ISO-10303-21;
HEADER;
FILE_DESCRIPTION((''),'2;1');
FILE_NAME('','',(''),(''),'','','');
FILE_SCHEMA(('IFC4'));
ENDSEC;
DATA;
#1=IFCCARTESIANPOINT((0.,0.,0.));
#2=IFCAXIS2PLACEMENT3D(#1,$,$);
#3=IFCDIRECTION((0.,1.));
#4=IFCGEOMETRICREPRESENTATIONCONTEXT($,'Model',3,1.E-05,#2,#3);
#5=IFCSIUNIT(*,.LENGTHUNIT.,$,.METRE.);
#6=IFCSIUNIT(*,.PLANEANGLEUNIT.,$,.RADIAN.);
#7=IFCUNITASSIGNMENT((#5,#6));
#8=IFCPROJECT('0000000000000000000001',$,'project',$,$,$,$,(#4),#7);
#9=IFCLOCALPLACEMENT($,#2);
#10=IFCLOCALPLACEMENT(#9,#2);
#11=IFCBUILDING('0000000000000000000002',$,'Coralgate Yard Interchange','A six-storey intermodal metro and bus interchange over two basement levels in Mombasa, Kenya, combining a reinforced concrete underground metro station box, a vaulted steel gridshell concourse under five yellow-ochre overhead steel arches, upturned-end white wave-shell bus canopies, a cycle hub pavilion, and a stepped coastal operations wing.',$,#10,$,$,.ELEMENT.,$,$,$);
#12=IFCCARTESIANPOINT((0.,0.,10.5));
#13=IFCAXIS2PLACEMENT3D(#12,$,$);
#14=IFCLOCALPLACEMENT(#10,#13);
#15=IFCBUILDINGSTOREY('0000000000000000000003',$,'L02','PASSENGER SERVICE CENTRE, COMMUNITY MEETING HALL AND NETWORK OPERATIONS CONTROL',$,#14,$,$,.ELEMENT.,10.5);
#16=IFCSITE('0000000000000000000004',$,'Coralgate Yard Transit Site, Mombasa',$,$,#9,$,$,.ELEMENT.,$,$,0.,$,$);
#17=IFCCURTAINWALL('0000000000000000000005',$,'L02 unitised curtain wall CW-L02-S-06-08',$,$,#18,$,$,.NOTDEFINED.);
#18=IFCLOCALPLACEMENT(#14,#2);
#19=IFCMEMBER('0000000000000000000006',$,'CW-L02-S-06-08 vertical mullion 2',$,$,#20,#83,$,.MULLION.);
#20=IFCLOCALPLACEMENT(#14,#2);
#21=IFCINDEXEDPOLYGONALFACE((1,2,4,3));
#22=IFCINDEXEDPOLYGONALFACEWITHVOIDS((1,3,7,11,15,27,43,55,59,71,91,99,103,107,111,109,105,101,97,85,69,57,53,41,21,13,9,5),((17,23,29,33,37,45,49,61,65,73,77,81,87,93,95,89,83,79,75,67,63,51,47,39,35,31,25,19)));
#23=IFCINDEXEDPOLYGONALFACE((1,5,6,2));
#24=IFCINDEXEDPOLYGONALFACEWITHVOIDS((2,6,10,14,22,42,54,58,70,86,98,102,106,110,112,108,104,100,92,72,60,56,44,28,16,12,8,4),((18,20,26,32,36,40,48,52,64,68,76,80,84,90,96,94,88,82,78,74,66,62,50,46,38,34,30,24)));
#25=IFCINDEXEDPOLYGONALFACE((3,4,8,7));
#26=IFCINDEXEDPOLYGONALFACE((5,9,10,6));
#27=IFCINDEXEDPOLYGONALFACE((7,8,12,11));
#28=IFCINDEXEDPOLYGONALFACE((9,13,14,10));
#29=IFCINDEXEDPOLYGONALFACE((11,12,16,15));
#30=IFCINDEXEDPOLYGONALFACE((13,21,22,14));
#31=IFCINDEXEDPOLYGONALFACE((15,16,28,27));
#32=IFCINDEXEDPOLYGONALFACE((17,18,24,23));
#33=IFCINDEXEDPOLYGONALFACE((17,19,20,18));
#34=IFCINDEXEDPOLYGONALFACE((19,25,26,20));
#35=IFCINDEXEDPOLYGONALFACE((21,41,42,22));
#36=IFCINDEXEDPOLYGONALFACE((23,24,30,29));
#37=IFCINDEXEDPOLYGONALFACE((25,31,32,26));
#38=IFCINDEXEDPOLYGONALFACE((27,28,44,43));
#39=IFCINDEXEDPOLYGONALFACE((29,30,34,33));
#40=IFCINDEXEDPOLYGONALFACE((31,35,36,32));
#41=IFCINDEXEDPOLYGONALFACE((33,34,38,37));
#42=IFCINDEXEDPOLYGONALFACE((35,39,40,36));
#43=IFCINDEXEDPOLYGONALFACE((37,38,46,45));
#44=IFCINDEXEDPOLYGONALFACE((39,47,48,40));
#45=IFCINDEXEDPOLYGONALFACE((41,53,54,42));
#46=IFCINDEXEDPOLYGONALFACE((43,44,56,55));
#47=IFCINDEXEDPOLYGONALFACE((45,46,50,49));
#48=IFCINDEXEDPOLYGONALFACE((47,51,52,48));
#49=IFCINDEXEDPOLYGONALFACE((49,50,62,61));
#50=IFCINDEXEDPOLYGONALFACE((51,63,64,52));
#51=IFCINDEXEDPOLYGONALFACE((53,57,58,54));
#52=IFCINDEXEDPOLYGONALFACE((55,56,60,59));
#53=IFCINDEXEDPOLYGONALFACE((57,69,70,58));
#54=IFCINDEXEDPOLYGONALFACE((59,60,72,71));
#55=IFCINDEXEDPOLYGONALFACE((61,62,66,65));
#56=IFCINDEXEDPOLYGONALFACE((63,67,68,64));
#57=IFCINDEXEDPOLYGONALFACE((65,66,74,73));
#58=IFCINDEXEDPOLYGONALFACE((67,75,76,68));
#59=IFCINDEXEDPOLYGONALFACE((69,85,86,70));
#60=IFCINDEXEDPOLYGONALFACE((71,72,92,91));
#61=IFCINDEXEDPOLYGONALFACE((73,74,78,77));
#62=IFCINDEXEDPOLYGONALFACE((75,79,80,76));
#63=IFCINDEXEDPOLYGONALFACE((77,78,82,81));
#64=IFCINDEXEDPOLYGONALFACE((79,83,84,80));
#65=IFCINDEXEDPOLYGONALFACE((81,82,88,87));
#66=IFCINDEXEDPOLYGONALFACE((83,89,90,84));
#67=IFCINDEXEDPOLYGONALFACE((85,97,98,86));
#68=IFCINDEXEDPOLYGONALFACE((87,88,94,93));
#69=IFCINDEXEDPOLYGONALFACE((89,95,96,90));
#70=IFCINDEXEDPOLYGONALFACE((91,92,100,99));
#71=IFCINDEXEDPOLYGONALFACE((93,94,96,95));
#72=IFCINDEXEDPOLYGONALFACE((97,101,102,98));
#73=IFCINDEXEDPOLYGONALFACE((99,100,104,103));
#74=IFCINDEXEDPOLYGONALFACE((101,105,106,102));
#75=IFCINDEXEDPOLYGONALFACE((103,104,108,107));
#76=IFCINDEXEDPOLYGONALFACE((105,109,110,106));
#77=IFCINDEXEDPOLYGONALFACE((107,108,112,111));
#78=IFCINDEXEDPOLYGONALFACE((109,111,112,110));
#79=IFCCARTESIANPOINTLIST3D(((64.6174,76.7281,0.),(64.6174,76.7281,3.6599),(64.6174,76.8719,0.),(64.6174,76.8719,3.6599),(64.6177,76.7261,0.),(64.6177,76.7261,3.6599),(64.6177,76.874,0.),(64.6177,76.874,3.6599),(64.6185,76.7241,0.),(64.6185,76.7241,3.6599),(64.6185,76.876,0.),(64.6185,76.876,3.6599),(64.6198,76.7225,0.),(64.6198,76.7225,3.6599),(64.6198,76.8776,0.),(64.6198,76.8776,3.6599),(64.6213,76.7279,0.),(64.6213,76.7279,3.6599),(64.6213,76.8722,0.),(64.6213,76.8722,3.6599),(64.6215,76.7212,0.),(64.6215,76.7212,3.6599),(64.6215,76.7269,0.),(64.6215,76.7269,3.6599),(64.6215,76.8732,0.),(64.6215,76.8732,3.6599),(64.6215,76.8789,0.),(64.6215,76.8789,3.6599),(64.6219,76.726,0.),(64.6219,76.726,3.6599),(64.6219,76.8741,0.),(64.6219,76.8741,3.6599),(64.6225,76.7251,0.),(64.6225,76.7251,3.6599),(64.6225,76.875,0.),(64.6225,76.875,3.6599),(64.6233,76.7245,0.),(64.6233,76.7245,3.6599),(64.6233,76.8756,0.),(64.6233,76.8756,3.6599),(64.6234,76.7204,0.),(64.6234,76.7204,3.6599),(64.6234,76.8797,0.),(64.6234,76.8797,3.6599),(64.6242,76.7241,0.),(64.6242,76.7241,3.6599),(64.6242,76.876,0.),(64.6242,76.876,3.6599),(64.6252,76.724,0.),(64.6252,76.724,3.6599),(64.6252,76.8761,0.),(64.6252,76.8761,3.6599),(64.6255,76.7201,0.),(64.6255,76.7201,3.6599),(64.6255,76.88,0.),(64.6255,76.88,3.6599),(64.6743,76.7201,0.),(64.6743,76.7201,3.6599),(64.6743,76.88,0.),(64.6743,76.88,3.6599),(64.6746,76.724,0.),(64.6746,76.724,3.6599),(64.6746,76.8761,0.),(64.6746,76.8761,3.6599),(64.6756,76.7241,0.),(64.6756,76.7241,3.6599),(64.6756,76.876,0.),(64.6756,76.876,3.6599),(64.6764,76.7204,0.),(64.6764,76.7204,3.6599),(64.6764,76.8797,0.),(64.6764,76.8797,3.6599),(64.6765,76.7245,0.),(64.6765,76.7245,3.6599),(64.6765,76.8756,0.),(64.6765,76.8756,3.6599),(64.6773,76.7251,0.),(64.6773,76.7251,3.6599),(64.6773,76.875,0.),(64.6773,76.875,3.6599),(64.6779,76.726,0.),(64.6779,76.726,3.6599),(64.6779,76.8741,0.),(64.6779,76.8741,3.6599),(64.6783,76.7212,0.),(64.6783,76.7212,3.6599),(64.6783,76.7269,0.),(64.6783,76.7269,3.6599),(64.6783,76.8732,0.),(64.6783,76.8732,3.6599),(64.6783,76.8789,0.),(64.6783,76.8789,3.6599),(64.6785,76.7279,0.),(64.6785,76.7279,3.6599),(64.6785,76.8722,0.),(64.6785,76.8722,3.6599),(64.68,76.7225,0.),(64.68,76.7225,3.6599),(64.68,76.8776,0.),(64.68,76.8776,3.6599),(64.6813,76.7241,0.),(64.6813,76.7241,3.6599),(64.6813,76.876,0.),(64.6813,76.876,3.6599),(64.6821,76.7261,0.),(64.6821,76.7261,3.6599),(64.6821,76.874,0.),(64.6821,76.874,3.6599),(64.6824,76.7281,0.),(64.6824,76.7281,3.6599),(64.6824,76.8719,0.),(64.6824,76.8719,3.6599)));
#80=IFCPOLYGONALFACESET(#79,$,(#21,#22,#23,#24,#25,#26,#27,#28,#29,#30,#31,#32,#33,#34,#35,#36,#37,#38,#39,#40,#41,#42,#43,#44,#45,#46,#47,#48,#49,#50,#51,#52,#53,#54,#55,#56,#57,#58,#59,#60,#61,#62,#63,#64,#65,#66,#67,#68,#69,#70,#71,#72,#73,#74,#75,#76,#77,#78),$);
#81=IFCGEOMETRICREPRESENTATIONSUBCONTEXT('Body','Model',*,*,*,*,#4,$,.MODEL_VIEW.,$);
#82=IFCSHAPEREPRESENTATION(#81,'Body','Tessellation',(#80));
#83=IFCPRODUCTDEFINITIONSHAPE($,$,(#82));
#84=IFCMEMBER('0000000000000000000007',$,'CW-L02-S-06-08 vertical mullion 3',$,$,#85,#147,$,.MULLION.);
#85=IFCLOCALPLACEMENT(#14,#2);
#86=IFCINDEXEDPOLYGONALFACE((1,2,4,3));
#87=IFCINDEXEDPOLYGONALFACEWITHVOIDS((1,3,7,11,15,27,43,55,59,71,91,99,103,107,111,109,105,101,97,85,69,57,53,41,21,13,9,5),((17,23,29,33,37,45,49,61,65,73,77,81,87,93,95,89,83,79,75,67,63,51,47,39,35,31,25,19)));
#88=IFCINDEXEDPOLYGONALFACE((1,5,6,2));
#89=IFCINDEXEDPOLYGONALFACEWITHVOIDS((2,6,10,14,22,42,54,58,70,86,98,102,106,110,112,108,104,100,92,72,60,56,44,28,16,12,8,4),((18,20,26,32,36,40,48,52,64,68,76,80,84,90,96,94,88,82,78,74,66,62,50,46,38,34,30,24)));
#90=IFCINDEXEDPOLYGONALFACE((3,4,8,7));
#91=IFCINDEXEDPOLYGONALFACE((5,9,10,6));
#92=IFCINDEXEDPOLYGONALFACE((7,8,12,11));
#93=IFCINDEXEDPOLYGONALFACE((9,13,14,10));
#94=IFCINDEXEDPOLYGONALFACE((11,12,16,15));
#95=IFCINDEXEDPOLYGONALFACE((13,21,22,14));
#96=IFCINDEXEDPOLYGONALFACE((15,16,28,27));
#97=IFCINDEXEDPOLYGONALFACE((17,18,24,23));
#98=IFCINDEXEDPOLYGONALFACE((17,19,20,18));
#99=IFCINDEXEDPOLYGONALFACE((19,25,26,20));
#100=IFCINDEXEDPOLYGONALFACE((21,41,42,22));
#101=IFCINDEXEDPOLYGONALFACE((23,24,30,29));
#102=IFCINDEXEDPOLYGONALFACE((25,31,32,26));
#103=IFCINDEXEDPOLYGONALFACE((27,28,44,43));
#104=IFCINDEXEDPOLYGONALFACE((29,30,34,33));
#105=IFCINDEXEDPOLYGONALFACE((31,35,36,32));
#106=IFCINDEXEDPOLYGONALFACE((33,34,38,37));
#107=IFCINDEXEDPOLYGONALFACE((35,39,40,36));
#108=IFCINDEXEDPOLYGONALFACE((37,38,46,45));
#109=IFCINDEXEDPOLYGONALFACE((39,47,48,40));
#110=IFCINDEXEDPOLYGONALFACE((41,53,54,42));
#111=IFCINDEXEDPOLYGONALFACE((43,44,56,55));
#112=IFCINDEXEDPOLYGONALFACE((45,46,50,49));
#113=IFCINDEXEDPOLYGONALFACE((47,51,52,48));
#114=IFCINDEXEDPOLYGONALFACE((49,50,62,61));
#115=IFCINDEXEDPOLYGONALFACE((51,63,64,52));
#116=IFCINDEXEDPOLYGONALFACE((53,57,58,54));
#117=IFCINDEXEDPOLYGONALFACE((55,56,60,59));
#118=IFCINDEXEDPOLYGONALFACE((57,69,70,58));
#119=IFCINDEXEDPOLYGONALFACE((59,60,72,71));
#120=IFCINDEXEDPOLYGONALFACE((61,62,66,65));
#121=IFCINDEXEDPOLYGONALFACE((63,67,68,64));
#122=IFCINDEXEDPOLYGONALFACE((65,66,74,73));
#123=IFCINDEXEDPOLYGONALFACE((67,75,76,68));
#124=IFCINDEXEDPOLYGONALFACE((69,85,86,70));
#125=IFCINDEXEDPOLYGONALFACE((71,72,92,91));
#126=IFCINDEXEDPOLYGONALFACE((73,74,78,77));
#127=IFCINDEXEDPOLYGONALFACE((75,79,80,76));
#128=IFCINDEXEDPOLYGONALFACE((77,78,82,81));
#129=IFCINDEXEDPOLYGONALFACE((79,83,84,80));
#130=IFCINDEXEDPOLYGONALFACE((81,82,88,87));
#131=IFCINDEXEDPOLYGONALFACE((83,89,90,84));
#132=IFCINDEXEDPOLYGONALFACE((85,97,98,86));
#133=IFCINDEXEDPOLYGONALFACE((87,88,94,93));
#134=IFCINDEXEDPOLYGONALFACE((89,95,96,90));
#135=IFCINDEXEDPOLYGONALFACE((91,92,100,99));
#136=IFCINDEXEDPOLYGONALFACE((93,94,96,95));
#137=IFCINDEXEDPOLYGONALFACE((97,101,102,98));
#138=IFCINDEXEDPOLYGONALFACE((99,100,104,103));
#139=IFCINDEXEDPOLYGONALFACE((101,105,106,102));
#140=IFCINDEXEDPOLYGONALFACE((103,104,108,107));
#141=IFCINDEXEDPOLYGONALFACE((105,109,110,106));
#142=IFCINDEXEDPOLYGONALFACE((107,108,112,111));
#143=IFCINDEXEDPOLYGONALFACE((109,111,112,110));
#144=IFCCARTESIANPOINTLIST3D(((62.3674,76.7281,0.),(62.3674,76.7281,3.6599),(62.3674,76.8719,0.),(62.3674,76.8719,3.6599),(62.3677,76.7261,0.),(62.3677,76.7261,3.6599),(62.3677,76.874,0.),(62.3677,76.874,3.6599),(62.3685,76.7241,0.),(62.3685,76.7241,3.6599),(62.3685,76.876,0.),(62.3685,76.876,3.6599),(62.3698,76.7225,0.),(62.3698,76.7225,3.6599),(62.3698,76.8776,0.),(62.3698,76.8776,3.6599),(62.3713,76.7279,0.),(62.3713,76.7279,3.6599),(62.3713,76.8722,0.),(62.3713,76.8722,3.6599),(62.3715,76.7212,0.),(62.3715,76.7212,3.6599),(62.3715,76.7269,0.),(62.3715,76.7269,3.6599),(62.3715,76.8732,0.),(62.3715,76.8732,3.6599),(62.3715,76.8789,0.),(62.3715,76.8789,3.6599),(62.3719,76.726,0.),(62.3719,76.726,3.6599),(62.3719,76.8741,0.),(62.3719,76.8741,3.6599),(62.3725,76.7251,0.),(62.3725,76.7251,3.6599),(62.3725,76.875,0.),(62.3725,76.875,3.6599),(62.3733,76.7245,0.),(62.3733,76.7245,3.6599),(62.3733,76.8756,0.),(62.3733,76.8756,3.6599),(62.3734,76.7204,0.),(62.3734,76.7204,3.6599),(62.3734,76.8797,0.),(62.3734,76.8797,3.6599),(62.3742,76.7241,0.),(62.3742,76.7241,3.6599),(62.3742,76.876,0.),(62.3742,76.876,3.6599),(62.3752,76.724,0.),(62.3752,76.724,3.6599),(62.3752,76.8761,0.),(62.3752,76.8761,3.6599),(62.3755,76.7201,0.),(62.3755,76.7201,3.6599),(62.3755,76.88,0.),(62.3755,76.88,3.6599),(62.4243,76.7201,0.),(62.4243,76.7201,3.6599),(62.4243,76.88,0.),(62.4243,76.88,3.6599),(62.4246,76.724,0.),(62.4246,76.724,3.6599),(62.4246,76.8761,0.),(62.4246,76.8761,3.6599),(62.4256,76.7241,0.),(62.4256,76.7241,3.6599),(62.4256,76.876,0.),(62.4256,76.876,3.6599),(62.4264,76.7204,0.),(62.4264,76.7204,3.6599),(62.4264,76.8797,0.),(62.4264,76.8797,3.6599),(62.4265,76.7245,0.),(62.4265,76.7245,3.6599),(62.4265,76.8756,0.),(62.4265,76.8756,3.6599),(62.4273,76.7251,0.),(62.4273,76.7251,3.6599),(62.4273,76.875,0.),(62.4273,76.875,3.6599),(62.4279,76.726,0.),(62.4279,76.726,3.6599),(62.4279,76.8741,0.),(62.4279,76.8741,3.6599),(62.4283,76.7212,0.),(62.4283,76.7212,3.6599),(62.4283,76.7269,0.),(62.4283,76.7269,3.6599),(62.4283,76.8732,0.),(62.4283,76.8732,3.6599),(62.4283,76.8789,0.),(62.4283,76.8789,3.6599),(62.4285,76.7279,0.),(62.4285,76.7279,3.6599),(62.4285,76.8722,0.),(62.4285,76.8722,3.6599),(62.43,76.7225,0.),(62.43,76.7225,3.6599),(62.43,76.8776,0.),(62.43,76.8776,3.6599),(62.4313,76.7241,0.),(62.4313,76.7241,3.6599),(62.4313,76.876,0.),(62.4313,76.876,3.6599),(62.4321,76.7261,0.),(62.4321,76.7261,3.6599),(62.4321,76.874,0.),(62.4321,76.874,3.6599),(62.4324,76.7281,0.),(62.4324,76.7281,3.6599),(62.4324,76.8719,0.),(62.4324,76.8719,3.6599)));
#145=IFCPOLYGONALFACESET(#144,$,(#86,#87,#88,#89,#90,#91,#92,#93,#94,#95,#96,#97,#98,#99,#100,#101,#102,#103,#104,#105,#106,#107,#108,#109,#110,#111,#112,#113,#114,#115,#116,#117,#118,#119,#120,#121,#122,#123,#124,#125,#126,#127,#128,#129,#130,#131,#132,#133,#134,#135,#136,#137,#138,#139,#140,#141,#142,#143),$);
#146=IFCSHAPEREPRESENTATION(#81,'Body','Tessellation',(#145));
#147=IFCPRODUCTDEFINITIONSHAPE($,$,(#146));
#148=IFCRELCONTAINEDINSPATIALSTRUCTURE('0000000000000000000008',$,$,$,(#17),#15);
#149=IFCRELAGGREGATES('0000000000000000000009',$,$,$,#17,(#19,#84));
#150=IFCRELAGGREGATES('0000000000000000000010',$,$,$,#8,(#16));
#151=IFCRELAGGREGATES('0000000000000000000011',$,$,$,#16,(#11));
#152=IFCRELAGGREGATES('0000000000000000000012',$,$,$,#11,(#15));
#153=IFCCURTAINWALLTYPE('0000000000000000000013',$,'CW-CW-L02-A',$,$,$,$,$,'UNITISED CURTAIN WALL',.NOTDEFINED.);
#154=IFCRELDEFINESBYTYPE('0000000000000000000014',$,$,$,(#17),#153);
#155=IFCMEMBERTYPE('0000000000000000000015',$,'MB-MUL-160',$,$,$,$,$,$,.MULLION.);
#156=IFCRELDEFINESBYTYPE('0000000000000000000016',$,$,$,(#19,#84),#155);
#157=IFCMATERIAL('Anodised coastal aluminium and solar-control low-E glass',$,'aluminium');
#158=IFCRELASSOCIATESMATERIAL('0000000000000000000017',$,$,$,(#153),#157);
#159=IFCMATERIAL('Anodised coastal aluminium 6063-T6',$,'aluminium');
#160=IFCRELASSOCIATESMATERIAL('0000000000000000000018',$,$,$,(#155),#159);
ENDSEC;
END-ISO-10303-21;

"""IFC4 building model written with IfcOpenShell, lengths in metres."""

from ifc_helpers import new_model, si_unit, direction, frame, origin, origin_2d, place, context, subcontext, project, spatial, hollow_rectangle, extrude, material, material_profile, profile_set, type_object, element, aggregate, save


model = new_model("IFC4")

# Units and contexts
model_context = context("Model", 3, precision=1e-05, world=origin(), true_north=direction((0.0, 1.0)))
body_context = subcontext(model_context, "Body", "Model", "MODEL_VIEW")
ifc_project = project(units=[si_unit("LENGTHUNIT", "METRE"), si_unit("PLANEANGLEUNIT", "RADIAN")], contexts=[model_context])

# Site, building, storey
site_placement = place(None, origin())
site = spatial("IfcSite", under=ifc_project, at=site_placement, Name="Coralgate Yard Transit Site, Mombasa", CompositionType="ELEMENT", RefElevation=0.0)
building_placement = place(site_placement, origin())
building = spatial("IfcBuilding", under=site, at=building_placement, Name="Coralgate Yard Interchange", Description="A six-storey intermodal metro and bus interchange over two basement levels in Mombasa, Kenya, combining a reinforced concrete underground metro station box, a vaulted steel gridshell concourse under five yellow-ochre overhead steel arches, upturned-end white wave-shell bus canopies, a cycle hub pavilion, and a stepped coastal operations wing.", CompositionType="ELEMENT")
storey_placement = place(building_placement, frame((0.0, 0.0, 10.5)))
storey = spatial("IfcBuildingStorey", under=building, at=storey_placement, Name="L02", Description="PASSENGER SERVICE CENTRE, COMMUNITY MEETING HALL AND NETWORK OPERATIONS CONTROL", CompositionType="ELEMENT", Elevation=10.5)

# Curtain wall, members
ifc_material_1 = material(Name="Anodised coastal aluminium and solar-control low-E glass", Category="aluminium")
curtain_wall_type = type_object("IfcCurtainWallType", Name="CW-CW-L02-A", ElementType="UNITISED CURTAIN WALL", PredefinedType="NOTDEFINED", material=ifc_material_1)
curtain_wall_placement = place(storey_placement, origin())
curtain_wall = element("IfcCurtainWall", 1, at=curtain_wall_placement, inside=storey, type_object=curtain_wall_type, Name="L02 unitised curtain wall CW-L02-S-06-08", PredefinedType="NOTDEFINED")
ifc_material_2 = material(Name="Anodised coastal aluminium 6063-T6", Category="aluminium")
ifc_material_profile_1 = material_profile(ifc_material_2, hollow_rectangle(XDim=0.0649, YDim=0.1599, WallThickness=0.0039, InnerFilletRadius=0.0039, OuterFilletRadius=0.0081, at=origin_2d()), Name="ALU 65x160x4")
ifc_profile_set_1 = profile_set([ifc_material_profile_1], Name="Anodised coastal aluminium 6063-T6")
member_type_1 = type_object("IfcMemberType", Name="MB-MUL-160", PredefinedType="MULLION", material=ifc_profile_set_1)
member_1_placement = place(storey_placement, frame((64.6499, 76.8, 0.0), z_axis=(0.0, 0.0, 1.0), x_axis=(1.0, 0.0, 0.0)))
member_1 = element("IfcMember", 2, at=member_1_placement, type_object=member_type_1, Name="CW-L02-S-06-08 vertical mullion 2", PredefinedType="MULLION", context=body_context, shape_type="SweptSolid", body=[
    extrude(hollow_rectangle(XDim=0.0649, YDim=0.1599, WallThickness=0.0039, InnerFilletRadius=0.0039, OuterFilletRadius=0.0081, at=origin_2d()), origin(), (0.0, 0.0, 1.0), 3.6599),
])
member_2_placement = place(storey_placement, frame((62.3999, 76.8, 0.0), z_axis=(0.0, 0.0, 1.0), x_axis=(1.0, 0.0, 0.0)))
member_2 = element("IfcMember", 3, at=member_2_placement, type_object=member_type_1, Name="CW-L02-S-06-08 vertical mullion 3", PredefinedType="MULLION", context=body_context, shape_type="SweptSolid", body=[
    extrude(hollow_rectangle(XDim=0.0649, YDim=0.1599, WallThickness=0.0039, InnerFilletRadius=0.0039, OuterFilletRadius=0.0081, at=origin_2d()), origin(), (0.0, 0.0, 1.0), 3.6599),
])
aggregate(curtain_wall, [member_1, member_2])

save(model, "model.ifc")
